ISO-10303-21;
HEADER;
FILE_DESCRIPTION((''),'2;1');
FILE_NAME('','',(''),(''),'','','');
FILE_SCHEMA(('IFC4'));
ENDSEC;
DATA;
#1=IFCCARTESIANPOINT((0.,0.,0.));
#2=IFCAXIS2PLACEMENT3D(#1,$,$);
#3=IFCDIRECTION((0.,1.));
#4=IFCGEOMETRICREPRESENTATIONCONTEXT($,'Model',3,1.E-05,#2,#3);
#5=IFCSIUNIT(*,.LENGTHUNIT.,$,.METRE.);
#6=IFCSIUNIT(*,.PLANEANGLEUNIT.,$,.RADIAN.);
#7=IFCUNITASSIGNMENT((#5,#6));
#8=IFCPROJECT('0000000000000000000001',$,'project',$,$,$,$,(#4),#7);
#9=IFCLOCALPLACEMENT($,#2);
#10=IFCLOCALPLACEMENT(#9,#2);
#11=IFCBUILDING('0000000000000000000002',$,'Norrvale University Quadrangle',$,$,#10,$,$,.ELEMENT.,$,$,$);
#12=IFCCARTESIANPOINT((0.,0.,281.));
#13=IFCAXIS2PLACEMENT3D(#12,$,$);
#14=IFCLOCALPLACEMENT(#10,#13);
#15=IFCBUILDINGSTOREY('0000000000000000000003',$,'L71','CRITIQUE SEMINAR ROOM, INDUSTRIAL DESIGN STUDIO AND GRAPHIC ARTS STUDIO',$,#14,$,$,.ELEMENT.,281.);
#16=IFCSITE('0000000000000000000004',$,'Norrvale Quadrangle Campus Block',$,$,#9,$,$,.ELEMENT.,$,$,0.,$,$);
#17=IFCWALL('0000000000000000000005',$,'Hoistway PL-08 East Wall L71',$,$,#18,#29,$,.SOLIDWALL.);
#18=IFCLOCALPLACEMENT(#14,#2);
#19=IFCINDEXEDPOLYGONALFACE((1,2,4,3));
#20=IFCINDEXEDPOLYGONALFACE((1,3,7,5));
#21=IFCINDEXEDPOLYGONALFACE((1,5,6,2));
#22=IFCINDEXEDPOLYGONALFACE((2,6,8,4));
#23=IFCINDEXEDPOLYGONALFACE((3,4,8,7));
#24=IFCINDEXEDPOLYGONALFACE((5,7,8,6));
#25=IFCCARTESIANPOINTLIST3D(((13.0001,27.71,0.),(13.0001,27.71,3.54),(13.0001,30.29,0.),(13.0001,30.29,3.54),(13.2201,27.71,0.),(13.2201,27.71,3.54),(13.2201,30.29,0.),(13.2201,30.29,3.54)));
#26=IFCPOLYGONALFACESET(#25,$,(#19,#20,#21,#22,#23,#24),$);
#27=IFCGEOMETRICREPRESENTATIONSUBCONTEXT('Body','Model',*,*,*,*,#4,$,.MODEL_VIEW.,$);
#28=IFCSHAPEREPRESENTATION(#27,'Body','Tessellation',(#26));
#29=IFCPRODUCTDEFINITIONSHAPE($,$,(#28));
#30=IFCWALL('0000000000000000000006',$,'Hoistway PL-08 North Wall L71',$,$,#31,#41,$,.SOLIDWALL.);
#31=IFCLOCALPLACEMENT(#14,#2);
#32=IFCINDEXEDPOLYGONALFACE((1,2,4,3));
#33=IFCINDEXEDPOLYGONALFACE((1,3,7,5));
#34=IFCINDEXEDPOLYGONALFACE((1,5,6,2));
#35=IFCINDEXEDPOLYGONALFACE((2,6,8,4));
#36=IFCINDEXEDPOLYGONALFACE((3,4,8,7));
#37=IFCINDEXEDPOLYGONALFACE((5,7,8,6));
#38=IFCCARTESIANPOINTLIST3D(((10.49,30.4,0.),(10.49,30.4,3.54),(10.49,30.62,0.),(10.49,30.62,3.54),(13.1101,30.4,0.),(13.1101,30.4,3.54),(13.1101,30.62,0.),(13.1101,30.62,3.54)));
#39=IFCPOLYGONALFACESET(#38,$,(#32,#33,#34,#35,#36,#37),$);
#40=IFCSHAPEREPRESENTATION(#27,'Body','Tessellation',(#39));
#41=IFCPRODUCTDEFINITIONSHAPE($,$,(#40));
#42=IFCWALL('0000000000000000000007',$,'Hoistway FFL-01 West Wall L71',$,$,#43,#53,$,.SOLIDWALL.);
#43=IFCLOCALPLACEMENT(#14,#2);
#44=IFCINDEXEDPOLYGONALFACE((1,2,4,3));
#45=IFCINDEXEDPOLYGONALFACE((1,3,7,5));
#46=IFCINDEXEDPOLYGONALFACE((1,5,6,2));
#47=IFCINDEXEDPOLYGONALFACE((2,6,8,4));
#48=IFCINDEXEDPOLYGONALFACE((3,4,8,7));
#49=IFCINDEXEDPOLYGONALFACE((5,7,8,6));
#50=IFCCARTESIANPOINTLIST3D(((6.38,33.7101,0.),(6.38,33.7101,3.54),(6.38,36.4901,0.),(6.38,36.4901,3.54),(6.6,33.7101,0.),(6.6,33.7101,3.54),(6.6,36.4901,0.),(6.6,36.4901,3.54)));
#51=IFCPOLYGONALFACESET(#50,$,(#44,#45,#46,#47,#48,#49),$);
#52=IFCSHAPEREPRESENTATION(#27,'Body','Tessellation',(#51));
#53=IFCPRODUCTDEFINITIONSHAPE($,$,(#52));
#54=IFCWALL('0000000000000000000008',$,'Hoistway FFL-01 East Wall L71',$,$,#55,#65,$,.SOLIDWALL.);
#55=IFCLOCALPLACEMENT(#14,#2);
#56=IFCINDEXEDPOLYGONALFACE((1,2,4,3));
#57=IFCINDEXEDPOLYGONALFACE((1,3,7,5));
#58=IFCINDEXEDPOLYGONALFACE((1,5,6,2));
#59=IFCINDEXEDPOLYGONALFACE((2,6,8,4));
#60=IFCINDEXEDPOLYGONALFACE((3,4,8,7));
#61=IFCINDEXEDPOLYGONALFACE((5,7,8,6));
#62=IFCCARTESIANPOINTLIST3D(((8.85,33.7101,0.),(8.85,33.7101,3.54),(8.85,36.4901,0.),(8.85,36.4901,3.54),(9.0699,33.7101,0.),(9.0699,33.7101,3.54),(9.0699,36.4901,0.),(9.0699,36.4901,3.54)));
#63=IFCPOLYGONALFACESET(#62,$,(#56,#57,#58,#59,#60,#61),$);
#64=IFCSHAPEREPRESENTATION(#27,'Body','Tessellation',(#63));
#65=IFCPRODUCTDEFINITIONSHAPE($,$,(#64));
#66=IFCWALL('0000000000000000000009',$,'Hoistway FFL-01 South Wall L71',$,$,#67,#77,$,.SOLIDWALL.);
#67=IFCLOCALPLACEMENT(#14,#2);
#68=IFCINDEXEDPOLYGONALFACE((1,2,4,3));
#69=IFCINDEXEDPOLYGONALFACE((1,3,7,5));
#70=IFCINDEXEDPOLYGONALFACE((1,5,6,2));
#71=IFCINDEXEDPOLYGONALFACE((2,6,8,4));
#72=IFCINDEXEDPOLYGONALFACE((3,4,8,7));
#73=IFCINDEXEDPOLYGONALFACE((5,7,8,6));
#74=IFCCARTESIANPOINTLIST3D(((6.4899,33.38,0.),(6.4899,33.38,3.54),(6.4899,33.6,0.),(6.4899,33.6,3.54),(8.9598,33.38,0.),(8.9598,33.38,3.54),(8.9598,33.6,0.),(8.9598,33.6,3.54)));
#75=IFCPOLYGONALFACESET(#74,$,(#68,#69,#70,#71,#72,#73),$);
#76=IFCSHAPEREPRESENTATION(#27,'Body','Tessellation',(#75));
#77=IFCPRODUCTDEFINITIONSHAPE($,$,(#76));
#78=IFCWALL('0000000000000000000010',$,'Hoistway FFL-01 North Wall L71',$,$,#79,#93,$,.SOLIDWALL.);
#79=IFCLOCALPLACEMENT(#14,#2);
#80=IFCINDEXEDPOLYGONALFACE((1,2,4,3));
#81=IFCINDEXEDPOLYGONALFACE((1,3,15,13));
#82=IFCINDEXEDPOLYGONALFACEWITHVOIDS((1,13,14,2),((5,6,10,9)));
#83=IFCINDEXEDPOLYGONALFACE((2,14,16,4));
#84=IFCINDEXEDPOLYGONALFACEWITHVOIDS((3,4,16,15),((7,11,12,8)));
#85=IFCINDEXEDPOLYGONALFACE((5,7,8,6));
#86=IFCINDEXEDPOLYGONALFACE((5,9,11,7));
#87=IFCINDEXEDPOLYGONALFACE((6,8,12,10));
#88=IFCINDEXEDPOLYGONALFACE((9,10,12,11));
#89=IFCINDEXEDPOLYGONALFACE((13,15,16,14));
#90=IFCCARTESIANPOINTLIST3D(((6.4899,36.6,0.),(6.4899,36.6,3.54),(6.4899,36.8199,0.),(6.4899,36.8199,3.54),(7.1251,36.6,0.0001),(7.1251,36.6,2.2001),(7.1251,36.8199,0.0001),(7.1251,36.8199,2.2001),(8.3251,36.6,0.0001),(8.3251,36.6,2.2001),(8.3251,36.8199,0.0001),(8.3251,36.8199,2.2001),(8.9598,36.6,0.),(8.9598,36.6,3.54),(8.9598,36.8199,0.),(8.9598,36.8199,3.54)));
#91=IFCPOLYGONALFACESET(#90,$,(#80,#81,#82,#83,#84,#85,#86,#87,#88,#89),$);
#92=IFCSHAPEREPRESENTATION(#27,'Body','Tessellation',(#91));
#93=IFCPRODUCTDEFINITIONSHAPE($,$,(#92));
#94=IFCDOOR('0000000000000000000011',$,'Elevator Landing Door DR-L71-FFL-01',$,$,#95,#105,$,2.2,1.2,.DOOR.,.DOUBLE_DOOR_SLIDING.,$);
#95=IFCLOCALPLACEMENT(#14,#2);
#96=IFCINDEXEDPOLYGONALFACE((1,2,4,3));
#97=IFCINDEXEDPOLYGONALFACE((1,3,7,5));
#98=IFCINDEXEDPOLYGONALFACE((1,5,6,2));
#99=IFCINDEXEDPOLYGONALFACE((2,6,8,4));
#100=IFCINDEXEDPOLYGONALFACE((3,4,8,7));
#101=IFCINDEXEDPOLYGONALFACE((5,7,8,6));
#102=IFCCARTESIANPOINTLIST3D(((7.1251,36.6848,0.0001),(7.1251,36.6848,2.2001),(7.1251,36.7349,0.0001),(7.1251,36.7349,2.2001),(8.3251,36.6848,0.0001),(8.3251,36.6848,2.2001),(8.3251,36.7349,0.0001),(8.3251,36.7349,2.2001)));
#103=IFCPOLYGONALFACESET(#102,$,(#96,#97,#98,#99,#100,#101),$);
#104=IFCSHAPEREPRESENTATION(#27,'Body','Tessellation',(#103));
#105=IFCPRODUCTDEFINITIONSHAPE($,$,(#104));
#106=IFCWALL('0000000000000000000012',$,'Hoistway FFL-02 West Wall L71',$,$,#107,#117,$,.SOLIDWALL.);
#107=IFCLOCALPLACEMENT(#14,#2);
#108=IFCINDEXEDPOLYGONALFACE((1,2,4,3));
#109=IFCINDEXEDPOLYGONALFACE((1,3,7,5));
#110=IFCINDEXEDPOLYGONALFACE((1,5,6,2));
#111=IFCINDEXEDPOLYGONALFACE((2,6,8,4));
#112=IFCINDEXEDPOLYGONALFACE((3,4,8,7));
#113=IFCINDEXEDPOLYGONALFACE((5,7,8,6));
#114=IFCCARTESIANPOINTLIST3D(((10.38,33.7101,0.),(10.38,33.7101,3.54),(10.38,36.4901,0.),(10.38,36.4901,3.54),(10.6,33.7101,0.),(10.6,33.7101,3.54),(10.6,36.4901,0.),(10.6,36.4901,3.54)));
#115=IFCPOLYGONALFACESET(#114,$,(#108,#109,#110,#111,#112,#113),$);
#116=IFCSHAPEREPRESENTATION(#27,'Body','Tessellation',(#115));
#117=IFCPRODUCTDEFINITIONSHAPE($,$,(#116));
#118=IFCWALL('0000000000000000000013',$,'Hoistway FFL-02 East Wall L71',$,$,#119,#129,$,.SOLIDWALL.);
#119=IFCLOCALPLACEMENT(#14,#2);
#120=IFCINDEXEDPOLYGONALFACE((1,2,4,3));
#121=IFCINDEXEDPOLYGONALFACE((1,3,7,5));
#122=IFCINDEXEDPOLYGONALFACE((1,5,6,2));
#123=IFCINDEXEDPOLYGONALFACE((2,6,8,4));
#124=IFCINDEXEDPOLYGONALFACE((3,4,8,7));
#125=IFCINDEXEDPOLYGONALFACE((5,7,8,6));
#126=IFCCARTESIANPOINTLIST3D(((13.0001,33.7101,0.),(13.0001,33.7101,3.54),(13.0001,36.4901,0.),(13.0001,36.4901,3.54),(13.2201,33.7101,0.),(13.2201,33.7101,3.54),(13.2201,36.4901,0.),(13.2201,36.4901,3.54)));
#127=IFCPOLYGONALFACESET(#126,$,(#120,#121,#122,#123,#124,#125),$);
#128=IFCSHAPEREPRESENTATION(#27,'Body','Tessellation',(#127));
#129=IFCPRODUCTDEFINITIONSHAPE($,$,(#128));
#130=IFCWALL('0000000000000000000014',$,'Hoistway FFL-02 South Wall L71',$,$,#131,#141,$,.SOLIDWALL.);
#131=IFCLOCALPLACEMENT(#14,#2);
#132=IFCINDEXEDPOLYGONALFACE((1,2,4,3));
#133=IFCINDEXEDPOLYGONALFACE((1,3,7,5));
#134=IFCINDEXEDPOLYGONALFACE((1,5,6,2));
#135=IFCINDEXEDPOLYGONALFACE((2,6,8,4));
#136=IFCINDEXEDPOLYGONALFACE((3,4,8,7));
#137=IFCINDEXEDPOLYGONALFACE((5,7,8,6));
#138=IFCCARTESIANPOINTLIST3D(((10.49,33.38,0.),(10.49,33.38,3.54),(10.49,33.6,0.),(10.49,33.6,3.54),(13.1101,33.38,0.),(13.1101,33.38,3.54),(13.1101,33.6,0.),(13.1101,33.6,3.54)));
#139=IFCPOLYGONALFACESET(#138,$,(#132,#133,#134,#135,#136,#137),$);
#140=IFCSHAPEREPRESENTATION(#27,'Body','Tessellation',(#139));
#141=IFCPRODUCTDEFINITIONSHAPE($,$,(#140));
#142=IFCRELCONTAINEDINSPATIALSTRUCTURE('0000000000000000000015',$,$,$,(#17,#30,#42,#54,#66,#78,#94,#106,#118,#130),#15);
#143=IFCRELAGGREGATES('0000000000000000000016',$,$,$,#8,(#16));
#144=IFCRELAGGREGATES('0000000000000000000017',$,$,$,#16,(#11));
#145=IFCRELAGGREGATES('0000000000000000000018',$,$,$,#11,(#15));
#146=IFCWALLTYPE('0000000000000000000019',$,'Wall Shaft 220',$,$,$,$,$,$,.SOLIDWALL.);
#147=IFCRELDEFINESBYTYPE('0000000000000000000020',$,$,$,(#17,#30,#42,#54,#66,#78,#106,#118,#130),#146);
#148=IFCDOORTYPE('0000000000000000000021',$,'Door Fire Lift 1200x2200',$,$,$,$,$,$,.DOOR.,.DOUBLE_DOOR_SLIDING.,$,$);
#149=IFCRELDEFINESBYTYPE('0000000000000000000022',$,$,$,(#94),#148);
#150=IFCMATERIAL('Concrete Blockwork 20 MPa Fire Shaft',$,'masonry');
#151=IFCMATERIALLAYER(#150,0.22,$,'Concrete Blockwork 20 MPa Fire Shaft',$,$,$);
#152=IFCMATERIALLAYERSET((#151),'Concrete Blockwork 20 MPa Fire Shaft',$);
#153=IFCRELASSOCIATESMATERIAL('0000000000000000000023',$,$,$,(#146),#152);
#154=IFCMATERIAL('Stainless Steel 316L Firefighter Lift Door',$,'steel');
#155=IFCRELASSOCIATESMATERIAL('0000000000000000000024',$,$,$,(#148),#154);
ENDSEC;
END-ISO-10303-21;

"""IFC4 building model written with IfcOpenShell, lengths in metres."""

from ifc_helpers import new_model, si_unit, direction, frame, frame_2d, origin, place, context, subcontext, project, spatial, rectangle, extrude, material, layer, layer_set, type_object, element, fill, save


model = new_model("IFC4")

# Units and contexts
model_context = context("Model", 3, precision=1e-05, world=origin(), true_north=direction((0.0, 1.0)))
body_context = subcontext(model_context, "Body", "Model", "MODEL_VIEW")
ifc_project = project(units=[si_unit("LENGTHUNIT", "METRE"), si_unit("PLANEANGLEUNIT", "RADIAN")], contexts=[model_context])

# Site, building, storey
site_placement = place(None, origin())
site = spatial("IfcSite", under=ifc_project, at=site_placement, Name="Norrvale Quadrangle Campus Block", CompositionType="ELEMENT", RefElevation=0.0)
building_placement = place(site_placement, origin())
building = spatial("IfcBuilding", under=site, at=building_placement, Name="Norrvale University Quadrangle", CompositionType="ELEMENT")
storey_placement = place(building_placement, frame((0.0, 0.0, 281.0)))
storey = spatial("IfcBuildingStorey", under=building, at=storey_placement, Name="L71", Description="CRITIQUE SEMINAR ROOM, INDUSTRIAL DESIGN STUDIO AND GRAPHIC ARTS STUDIO", CompositionType="ELEMENT", Elevation=281.0)

# Shared definitions
ifc_material_1 = material(Name="Concrete Blockwork 20 MPa Fire Shaft", Category="masonry")
ifc_layer_1 = layer(ifc_material_1, 0.22, Name="Concrete Blockwork 20 MPa Fire Shaft")
ifc_layer_set_1 = layer_set([ifc_layer_1], Name="Concrete Blockwork 20 MPa Fire Shaft")
wall_type_1 = type_object("IfcWallType", Name="Wall Shaft 220", PredefinedType="SOLIDWALL", material=ifc_layer_set_1)

# Walls
wall_1_placement = place(storey_placement, frame((13.1101, 27.71, 0.0), z_axis=(0.0, 0.0, 1.0), x_axis=(0.0, 1.0, 0.0)))
element("IfcWall", 1, at=wall_1_placement, inside=storey, type_object=wall_type_1, Name="Hoistway PL-08 East Wall L71", PredefinedType="SOLIDWALL", context=body_context, shape_type="SweptSolid", body=[
    extrude(rectangle(XDim=2.5801, YDim=0.22, at=frame_2d((1.29, 0.0))), origin(), (0.0, 0.0, 1.0), 3.54),
])
wall_2_placement = place(storey_placement, frame((10.49, 30.51, 0.0), z_axis=(0.0, 0.0, 1.0), x_axis=(1.0, 0.0, 0.0)))
element("IfcWall", 2, at=wall_2_placement, inside=storey, type_object=wall_type_1, Name="Hoistway PL-08 North Wall L71", PredefinedType="SOLIDWALL", context=body_context, shape_type="SweptSolid", body=[
    extrude(rectangle(XDim=2.6201, YDim=0.22, at=frame_2d((1.3101, 0.0))), origin(), (0.0, 0.0, 1.0), 3.54),
])
for number, where, z_axis, x_axis, name in (
    (3, (6.49, 33.71, 0.0), (0.0, 0.0, 1.0), (0.0, 1.0, 0.0), "Hoistway FFL-01 West Wall L71"),
    (4, (8.96, 33.71, 0.0), (0.0, 0.0, 1.0), (0.0, 1.0, 0.0), "Hoistway FFL-01 East Wall L71"),
):
    element("IfcWall", number, at=place(storey_placement, frame(where, z_axis=z_axis, x_axis=x_axis)), inside=storey, type_object=wall_type_1, Name=name, PredefinedType="SOLIDWALL", context=body_context, shape_type="SweptSolid", body=[
        extrude(rectangle(XDim=2.78, YDim=0.22, at=frame_2d((1.3901, 0.0))), origin(), (0.0, 0.0, 1.0), 3.54),
    ])
wall_3_placement = place(storey_placement, frame((6.49, 33.49, 0.0), z_axis=(0.0, 0.0, 1.0), x_axis=(1.0, 0.0, 0.0)))
element("IfcWall", 5, at=wall_3_placement, inside=storey, type_object=wall_type_1, Name="Hoistway FFL-01 South Wall L71", PredefinedType="SOLIDWALL", context=body_context, shape_type="SweptSolid", body=[
    extrude(rectangle(XDim=2.47, YDim=0.22, at=frame_2d((1.2349, 0.0))), origin(), (0.0, 0.0, 1.0), 3.54),
])

# Wall, opening, door
wall_4_placement = place(storey_placement, frame((6.49, 36.71, 0.0), z_axis=(0.0, 0.0, 1.0), x_axis=(1.0, 0.0, 0.0)))
wall_4 = element("IfcWall", 6, at=wall_4_placement, inside=storey, type_object=wall_type_1, Name="Hoistway FFL-01 North Wall L71", PredefinedType="SOLIDWALL", context=body_context, shape_type="SweptSolid", body=[
    extrude(rectangle(XDim=2.47, YDim=0.22, at=frame_2d((1.2349, 0.0))), origin(), (0.0, 0.0, 1.0), 3.54),
])
opening_1_placement = place(wall_4_placement, frame((0.635, 0.0, 0.0)))
opening_1 = element("IfcOpeningElement", 7, at=opening_1_placement, cuts=wall_4, PredefinedType="OPENING", context=body_context, shape_type="SweptSolid", body=[
    extrude(rectangle(XDim=1.2, YDim=2.2, at=frame_2d((0.6001, 1.1001))), frame((0.0, 0.1221, 0.0), z_axis=(0.0, -1.0, 0.0), x_axis=(1.0, 0.0, 0.0)), (0.0, 0.0, 1.0), 0.2439),
])
ifc_material_2 = material(Name="Stainless Steel 316L Firefighter Lift Door", Category="steel")
door_type_1 = type_object("IfcDoorType", Name="Door Fire Lift 1200x2200", OperationType="DOUBLE_DOOR_SLIDING", PredefinedType="DOOR", material=ifc_material_2)
door_1_placement = place(opening_1_placement, origin())
door_1 = element("IfcDoor", 8, at=door_1_placement, inside=storey, type_object=door_type_1, Name="Elevator Landing Door DR-L71-FFL-01", OperationType="DOUBLE_DOOR_SLIDING", OverallHeight=2.2, OverallWidth=1.2, PredefinedType="DOOR", context=body_context, shape_type="SweptSolid", body=[
    extrude(rectangle(XDim=1.2, YDim=2.2, at=frame_2d((0.6001, 1.1001))), frame((0.0, 0.0249, 0.0), z_axis=(0.0, -1.0, 0.0), x_axis=(1.0, 0.0, 0.0)), (0.0, 0.0, 1.0), 0.05),
])
fill(opening_1, door_1)

# Walls
for number, where, z_axis, x_axis, name in (
    (9, (10.49, 33.71, 0.0), (0.0, 0.0, 1.0), (0.0, 1.0, 0.0), "Hoistway FFL-02 West Wall L71"),
    (10, (13.1101, 33.71, 0.0), (0.0, 0.0, 1.0), (0.0, 1.0, 0.0), "Hoistway FFL-02 East Wall L71"),
):
    element("IfcWall", number, at=place(storey_placement, frame(where, z_axis=z_axis, x_axis=x_axis)), inside=storey, type_object=wall_type_1, Name=name, PredefinedType="SOLIDWALL", context=body_context, shape_type="SweptSolid", body=[
        extrude(rectangle(XDim=2.78, YDim=0.22, at=frame_2d((1.3901, 0.0))), origin(), (0.0, 0.0, 1.0), 3.54),
    ])
wall_5_placement = place(storey_placement, frame((10.49, 33.49, 0.0), z_axis=(0.0, 0.0, 1.0), x_axis=(1.0, 0.0, 0.0)))
element("IfcWall", 11, at=wall_5_placement, inside=storey, type_object=wall_type_1, Name="Hoistway FFL-02 South Wall L71", PredefinedType="SOLIDWALL", context=body_context, shape_type="SweptSolid", body=[
    extrude(rectangle(XDim=2.6201, YDim=0.22, at=frame_2d((1.3101, 0.0))), origin(), (0.0, 0.0, 1.0), 3.54),
])

save(model, "model.ifc")
